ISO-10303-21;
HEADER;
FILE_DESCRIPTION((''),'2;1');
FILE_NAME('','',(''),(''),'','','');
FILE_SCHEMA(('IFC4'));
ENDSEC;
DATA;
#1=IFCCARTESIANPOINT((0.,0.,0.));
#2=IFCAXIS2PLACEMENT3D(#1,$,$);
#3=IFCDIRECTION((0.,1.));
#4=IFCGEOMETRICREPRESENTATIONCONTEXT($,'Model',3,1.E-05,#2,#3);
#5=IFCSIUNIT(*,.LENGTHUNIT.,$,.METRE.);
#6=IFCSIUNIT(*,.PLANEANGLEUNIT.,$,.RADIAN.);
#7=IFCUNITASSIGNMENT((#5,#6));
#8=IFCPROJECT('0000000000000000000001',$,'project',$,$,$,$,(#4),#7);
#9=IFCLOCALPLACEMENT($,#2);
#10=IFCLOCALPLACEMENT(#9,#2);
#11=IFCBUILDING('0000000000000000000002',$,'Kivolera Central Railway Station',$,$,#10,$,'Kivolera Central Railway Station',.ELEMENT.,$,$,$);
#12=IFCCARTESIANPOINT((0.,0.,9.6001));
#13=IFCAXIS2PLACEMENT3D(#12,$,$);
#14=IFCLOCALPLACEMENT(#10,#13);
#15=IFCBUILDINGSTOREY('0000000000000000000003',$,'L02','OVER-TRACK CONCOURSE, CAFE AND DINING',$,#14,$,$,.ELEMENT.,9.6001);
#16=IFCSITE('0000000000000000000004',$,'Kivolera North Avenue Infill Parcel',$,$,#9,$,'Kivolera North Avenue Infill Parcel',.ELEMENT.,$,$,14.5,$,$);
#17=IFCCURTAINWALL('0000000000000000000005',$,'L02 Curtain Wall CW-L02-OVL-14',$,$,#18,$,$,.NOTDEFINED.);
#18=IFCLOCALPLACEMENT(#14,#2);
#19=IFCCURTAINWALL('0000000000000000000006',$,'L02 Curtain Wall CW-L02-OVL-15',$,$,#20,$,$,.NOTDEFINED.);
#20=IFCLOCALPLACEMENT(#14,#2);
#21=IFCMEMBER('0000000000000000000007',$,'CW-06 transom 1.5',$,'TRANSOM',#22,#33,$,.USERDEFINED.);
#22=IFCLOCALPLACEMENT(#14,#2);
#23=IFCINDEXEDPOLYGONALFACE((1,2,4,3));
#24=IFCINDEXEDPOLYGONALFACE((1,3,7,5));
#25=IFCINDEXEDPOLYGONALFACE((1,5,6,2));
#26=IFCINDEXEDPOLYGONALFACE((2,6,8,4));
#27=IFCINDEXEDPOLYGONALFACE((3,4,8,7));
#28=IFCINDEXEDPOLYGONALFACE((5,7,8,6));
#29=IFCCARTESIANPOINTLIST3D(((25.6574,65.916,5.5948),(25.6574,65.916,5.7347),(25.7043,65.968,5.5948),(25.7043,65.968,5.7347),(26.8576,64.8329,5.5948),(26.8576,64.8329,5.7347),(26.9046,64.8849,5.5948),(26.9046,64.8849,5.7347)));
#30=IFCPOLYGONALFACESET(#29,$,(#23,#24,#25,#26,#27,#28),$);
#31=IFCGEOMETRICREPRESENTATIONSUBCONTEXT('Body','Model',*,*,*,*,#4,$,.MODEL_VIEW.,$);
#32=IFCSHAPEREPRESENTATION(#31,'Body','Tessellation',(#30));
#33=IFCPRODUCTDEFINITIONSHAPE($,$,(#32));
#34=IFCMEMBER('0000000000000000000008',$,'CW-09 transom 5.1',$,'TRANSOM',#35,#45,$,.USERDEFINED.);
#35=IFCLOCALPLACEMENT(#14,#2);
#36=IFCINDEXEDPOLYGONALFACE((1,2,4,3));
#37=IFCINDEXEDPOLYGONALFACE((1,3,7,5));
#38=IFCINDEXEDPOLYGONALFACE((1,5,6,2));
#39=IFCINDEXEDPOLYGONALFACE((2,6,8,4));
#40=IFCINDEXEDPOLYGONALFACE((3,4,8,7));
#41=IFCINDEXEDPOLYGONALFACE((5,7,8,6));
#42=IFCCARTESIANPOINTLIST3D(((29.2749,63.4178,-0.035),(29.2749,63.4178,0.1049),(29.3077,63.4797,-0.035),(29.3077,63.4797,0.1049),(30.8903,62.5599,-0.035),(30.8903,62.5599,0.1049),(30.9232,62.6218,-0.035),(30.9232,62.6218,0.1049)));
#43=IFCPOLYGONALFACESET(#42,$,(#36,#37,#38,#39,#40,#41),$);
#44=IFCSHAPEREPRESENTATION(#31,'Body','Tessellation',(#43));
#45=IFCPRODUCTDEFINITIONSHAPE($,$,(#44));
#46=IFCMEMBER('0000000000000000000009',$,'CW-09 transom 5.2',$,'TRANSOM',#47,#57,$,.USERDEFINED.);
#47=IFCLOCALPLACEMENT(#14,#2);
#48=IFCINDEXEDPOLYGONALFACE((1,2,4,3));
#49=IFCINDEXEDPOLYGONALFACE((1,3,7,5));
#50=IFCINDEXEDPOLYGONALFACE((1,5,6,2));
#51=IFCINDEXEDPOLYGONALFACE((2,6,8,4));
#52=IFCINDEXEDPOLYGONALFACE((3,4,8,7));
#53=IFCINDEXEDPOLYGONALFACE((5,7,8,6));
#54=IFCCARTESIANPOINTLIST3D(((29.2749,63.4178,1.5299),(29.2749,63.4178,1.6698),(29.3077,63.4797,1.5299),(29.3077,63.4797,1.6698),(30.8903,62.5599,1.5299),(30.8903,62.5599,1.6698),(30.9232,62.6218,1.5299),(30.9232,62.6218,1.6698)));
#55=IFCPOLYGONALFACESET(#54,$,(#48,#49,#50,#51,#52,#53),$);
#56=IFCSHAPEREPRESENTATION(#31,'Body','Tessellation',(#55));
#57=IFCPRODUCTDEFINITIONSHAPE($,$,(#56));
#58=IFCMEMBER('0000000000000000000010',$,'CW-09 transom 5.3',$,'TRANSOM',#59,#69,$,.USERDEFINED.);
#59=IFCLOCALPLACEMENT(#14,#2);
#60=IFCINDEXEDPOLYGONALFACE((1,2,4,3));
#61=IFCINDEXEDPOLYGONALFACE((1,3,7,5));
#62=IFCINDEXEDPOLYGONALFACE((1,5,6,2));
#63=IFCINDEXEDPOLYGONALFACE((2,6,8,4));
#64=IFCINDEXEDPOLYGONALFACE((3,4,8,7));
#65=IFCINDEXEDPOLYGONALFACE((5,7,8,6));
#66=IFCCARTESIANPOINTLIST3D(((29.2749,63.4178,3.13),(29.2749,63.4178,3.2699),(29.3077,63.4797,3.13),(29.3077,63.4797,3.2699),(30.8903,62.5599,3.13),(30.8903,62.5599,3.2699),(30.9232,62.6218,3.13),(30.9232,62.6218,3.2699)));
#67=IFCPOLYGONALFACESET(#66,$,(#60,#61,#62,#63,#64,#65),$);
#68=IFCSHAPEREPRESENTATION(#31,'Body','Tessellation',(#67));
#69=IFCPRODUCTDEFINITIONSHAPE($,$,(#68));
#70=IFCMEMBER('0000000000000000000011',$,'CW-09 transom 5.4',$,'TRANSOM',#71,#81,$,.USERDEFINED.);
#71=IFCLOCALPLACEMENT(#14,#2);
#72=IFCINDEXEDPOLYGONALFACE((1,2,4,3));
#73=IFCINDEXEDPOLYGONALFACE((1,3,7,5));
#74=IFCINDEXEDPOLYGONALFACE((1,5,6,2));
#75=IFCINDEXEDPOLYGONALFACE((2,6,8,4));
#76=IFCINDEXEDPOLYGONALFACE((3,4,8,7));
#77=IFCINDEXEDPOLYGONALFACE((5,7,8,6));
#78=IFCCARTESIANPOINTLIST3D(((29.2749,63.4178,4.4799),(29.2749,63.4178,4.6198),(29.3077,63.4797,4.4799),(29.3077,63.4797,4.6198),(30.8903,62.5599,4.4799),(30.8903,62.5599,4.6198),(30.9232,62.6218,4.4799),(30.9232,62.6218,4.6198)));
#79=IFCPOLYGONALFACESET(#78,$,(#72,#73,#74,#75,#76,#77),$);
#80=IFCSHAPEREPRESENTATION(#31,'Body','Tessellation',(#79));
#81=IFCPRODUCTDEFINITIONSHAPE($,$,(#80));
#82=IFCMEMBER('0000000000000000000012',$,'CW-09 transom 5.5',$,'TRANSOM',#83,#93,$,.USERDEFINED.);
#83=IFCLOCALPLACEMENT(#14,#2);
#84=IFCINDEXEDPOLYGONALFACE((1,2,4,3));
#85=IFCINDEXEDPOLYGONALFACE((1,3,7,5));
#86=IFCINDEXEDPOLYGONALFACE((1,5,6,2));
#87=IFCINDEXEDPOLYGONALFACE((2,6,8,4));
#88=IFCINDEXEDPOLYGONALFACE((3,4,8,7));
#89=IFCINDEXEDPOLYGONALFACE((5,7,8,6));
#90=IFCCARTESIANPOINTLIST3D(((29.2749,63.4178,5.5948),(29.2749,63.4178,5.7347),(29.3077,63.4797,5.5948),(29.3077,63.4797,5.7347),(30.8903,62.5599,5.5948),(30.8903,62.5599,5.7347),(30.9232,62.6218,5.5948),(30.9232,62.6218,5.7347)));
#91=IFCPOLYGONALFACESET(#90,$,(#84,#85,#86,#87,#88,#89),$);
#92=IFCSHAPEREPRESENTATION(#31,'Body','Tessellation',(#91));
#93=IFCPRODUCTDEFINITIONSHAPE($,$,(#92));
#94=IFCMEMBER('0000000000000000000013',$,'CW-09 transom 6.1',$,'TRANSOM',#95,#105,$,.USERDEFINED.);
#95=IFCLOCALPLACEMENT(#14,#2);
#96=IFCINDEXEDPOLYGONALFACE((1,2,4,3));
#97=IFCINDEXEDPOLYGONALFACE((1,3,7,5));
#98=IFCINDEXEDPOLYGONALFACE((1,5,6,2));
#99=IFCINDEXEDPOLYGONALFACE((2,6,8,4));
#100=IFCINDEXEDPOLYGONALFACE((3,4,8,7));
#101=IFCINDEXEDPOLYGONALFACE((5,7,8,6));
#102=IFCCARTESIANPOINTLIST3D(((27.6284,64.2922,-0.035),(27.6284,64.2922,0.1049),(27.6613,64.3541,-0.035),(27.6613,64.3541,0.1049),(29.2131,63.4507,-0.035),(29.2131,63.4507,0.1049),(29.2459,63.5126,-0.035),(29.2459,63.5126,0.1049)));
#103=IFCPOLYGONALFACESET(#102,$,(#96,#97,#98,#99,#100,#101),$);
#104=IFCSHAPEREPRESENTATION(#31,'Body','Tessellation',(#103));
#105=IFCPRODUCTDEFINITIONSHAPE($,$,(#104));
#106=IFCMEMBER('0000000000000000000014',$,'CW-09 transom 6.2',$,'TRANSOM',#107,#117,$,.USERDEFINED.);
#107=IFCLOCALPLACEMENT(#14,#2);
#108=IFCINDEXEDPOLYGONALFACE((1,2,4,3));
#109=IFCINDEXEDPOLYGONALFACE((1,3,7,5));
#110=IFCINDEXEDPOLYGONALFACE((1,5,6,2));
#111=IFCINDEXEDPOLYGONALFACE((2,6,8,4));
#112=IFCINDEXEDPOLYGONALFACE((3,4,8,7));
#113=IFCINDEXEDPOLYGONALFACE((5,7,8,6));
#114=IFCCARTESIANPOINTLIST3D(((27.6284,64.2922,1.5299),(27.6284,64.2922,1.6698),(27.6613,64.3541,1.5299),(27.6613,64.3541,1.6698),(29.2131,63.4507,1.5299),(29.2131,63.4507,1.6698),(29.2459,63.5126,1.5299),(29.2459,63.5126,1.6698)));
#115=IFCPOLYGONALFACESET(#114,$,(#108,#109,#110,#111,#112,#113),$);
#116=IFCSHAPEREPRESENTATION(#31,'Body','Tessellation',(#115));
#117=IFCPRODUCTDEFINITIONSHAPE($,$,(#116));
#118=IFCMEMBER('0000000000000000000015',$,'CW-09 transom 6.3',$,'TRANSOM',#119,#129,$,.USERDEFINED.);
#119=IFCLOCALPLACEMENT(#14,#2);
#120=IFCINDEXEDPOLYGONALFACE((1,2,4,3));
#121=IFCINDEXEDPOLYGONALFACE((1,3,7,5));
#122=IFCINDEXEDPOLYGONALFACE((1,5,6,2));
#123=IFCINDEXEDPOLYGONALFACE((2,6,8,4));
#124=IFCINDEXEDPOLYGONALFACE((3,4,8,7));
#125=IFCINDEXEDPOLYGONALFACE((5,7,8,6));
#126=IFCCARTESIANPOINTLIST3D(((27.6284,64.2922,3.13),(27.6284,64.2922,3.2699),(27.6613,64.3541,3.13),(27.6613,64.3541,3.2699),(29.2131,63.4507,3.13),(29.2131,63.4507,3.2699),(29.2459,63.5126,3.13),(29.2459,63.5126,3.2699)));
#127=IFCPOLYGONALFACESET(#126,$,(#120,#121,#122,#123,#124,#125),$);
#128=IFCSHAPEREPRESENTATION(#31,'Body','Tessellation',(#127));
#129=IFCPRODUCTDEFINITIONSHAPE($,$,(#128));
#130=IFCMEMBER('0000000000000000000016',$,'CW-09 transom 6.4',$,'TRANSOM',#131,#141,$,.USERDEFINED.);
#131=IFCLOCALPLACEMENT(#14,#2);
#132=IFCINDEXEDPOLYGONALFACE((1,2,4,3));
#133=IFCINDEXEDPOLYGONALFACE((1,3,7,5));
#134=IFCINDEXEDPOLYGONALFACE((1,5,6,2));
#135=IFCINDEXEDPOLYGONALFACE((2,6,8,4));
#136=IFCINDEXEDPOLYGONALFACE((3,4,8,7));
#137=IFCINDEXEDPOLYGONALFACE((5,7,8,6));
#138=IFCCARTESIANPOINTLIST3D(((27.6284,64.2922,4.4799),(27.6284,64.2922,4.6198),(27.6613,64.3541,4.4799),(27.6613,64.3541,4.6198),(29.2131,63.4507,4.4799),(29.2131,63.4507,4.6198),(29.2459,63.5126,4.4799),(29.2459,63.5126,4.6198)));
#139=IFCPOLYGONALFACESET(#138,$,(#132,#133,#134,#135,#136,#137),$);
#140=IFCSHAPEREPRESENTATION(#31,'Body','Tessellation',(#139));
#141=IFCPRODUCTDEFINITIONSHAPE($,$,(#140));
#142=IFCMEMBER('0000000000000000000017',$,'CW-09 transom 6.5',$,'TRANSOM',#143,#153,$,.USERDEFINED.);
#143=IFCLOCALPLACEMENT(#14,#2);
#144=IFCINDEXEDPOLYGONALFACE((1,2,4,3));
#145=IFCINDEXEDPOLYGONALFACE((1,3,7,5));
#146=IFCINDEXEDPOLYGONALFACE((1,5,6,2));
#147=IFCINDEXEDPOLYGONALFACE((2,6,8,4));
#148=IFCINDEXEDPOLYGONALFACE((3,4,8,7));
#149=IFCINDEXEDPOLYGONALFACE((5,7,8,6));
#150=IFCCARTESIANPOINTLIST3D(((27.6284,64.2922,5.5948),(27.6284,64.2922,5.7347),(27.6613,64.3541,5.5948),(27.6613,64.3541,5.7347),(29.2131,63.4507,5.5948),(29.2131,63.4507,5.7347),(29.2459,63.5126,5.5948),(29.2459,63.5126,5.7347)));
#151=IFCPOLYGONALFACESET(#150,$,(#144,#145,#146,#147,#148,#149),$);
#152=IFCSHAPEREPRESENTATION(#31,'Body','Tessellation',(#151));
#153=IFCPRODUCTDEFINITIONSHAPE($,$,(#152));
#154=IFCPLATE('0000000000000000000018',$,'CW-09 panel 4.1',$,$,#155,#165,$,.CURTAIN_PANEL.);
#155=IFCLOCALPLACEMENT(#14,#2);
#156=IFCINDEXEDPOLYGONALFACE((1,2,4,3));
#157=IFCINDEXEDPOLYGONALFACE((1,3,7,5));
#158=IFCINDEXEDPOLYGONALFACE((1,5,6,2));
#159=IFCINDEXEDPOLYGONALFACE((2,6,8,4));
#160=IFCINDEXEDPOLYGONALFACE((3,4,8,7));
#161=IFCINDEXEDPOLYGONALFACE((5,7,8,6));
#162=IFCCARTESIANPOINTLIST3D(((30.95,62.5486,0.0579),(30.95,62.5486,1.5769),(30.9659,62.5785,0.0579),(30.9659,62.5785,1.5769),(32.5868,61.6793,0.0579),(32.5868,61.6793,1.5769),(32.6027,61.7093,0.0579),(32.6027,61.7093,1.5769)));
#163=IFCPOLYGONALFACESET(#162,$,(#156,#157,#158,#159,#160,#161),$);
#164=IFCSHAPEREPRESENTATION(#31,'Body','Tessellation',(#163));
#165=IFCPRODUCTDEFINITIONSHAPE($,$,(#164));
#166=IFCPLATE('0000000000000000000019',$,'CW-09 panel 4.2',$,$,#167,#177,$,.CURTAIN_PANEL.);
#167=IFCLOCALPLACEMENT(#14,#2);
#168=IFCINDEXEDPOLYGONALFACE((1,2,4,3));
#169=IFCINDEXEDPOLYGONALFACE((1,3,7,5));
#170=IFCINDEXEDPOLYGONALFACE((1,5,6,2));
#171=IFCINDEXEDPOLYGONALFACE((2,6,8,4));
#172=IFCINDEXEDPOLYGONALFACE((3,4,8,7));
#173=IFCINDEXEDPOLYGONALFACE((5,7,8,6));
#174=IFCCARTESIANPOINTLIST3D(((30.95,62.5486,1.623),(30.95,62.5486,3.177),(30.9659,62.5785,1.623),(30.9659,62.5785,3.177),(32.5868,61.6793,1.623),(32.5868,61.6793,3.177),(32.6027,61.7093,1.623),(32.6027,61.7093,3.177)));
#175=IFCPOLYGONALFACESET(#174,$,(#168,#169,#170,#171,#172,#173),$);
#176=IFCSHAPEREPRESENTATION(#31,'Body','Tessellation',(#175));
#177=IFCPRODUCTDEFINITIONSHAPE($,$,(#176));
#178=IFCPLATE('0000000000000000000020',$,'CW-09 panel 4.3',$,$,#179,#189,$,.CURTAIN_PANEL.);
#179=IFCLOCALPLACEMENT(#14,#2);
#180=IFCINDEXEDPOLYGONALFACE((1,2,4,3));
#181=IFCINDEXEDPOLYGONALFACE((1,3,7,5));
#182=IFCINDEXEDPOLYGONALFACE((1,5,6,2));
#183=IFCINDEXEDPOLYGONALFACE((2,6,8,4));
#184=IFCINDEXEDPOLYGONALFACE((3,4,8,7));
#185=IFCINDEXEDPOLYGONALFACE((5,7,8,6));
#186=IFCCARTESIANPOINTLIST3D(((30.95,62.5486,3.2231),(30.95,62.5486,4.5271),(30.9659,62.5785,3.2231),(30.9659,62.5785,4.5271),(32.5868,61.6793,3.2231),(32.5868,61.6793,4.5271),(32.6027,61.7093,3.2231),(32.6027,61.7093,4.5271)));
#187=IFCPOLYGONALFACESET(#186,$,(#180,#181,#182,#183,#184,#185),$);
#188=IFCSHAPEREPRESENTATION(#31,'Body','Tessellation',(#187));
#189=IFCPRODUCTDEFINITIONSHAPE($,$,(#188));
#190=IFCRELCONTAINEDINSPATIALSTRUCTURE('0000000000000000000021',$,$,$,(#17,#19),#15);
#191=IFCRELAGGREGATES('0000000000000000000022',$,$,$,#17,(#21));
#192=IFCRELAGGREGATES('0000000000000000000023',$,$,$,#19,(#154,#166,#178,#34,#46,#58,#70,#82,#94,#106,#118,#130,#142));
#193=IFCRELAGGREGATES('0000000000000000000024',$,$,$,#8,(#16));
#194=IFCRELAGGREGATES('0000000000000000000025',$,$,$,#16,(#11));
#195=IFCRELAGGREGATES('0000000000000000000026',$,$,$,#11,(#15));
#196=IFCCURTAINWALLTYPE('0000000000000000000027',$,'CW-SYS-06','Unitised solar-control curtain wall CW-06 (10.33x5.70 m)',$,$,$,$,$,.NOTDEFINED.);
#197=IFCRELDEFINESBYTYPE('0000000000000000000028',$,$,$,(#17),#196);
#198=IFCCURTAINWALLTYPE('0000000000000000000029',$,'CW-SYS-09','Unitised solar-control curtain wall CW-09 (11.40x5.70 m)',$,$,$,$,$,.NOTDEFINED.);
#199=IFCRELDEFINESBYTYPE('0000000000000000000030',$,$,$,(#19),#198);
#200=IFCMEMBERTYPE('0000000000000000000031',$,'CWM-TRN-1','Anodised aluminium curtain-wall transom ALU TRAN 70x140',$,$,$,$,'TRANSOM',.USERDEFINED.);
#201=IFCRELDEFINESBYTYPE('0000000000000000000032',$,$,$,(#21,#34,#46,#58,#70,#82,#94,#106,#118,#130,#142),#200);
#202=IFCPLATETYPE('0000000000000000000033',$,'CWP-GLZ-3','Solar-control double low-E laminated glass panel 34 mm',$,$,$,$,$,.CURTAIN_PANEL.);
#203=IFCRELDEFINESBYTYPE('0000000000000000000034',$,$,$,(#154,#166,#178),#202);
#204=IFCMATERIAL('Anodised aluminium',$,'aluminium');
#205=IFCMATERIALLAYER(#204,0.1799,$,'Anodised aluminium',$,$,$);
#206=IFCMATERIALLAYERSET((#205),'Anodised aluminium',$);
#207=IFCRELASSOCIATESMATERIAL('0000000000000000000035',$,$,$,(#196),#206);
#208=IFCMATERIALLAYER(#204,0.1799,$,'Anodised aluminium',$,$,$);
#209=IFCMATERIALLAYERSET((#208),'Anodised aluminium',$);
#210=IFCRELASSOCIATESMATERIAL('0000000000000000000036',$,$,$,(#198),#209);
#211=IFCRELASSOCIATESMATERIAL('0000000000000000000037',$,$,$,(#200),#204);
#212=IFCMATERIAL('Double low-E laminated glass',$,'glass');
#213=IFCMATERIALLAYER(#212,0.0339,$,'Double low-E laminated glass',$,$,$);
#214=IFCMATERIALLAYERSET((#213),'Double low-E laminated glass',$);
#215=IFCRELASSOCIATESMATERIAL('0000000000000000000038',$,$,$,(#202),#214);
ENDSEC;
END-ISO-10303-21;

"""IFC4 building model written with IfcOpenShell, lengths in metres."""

from ifc_helpers import new_model, si_unit, direction, frame, origin, origin_2d, place, context, subcontext, project, spatial, rectangle, extrude, material, layer, layer_set, material_profile, profile_set, type_object, element, aggregate, save


model = new_model("IFC4")

# Units and contexts
model_context = context("Model", 3, precision=1e-05, world=origin(), true_north=direction((0.0, 1.0)))
body_context = subcontext(model_context, "Body", "Model", "MODEL_VIEW")
ifc_project = project(units=[si_unit("LENGTHUNIT", "METRE"), si_unit("PLANEANGLEUNIT", "RADIAN")], contexts=[model_context])

# Site, building, storey
site_placement = place(None, origin())
site = spatial("IfcSite", under=ifc_project, at=site_placement, Name="Kivolera North Avenue Infill Parcel", LongName="Kivolera North Avenue Infill Parcel", CompositionType="ELEMENT", RefElevation=14.5)
building_placement = place(site_placement, origin())
building = spatial("IfcBuilding", under=site, at=building_placement, Name="Kivolera Central Railway Station", LongName="Kivolera Central Railway Station", CompositionType="ELEMENT")
storey_placement = place(building_placement, frame((0.0, 0.0, 9.6001)))
storey = spatial("IfcBuildingStorey", under=building, at=storey_placement, Name="L02", Description="OVER-TRACK CONCOURSE, CAFE AND DINING", CompositionType="ELEMENT", Elevation=9.6001)

# Curtain wall
ifc_material_1 = material(Name="Anodised aluminium", Category="aluminium")
ifc_layer_1 = layer(ifc_material_1, 0.1799, Name="Anodised aluminium")
ifc_layer_set_1 = layer_set([ifc_layer_1], Name="Anodised aluminium")
curtain_wall_type_1 = type_object("IfcCurtainWallType", Name="CW-SYS-06", Description="Unitised solar-control curtain wall CW-06 (10.33x5.70 m)", PredefinedType="NOTDEFINED", material=ifc_layer_set_1)
curtain_wall_1_placement = place(storey_placement, origin())
curtain_wall_1 = element("IfcCurtainWall", 1, at=curtain_wall_1_placement, inside=storey, type_object=curtain_wall_type_1, Name="L02 Curtain Wall CW-L02-OVL-14", PredefinedType="NOTDEFINED")

# Curtain wall
ifc_layer_2 = layer(ifc_material_1, 0.1799, Name="Anodised aluminium")
ifc_layer_set_2 = layer_set([ifc_layer_2], Name="Anodised aluminium")
curtain_wall_type_2 = type_object("IfcCurtainWallType", Name="CW-SYS-09", Description="Unitised solar-control curtain wall CW-09 (11.40x5.70 m)", PredefinedType="NOTDEFINED", material=ifc_layer_set_2)
curtain_wall_2_placement = place(storey_placement, origin())
curtain_wall_2 = element("IfcCurtainWall", 2, at=curtain_wall_2_placement, inside=storey, type_object=curtain_wall_type_2, Name="L02 Curtain Wall CW-L02-OVL-15", PredefinedType="NOTDEFINED")

# Members
ifc_material_profile_1 = material_profile(ifc_material_1, rectangle(XDim=0.0701, YDim=0.1399, at=origin_2d()), Name="ALU TRAN 70x140")
ifc_profile_set_1 = profile_set([ifc_material_profile_1], Name="Anodised aluminium")
member_type_1 = type_object("IfcMemberType", Name="CWM-TRN-1", Description="Anodised aluminium curtain-wall transom ALU TRAN 70x140", ElementType="TRANSOM", PredefinedType="USERDEFINED", material=ifc_profile_set_1)
member_1_placement = place(storey_placement, frame((26.8811, 64.8589, 5.6648), z_axis=(-0.742422, 0.669932, 0.0), x_axis=(-0.669932, -0.742422, 0.0)))
member_1 = element("IfcMember", 3, at=member_1_placement, type_object=member_type_1, Name="CW-06 transom 1.5", ObjectType="TRANSOM", PredefinedType="USERDEFINED", context=body_context, shape_type="SweptSolid", body=[
    extrude(rectangle(XDim=0.0701, YDim=0.1399, at=origin_2d()), origin(), (0.0, 0.0, 1.0), 1.6167),
])
aggregate(curtain_wall_1, [member_1])
member_2_placement = place(storey_placement, frame((30.9067, 62.5908, 0.0349), z_axis=(-0.883187, 0.469022, 0.0), x_axis=(-0.469022, -0.883187, 0.0)))
member_2 = element("IfcMember", 4, at=member_2_placement, type_object=member_type_1, Name="CW-09 transom 5.1", ObjectType="TRANSOM", PredefinedType="USERDEFINED", context=body_context, shape_type="SweptSolid", body=[
    extrude(rectangle(XDim=0.0701, YDim=0.1399, at=origin_2d()), origin(), (0.0, 0.0, 1.0), 1.8291),
])
member_3_placement = place(storey_placement, frame((30.9067, 62.5908, 1.5999), z_axis=(-0.883187, 0.469022, 0.0), x_axis=(-0.469022, -0.883187, 0.0)))
member_3 = element("IfcMember", 5, at=member_3_placement, type_object=member_type_1, Name="CW-09 transom 5.2", ObjectType="TRANSOM", PredefinedType="USERDEFINED", context=body_context, shape_type="SweptSolid", body=[
    extrude(rectangle(XDim=0.0701, YDim=0.1399, at=origin_2d()), origin(), (0.0, 0.0, 1.0), 1.8291),
])
member_4_placement = place(storey_placement, frame((30.9067, 62.5908, 3.2), z_axis=(-0.883187, 0.469022, 0.0), x_axis=(-0.469022, -0.883187, 0.0)))
member_4 = element("IfcMember", 6, at=member_4_placement, type_object=member_type_1, Name="CW-09 transom 5.3", ObjectType="TRANSOM", PredefinedType="USERDEFINED", context=body_context, shape_type="SweptSolid", body=[
    extrude(rectangle(XDim=0.0701, YDim=0.1399, at=origin_2d()), origin(), (0.0, 0.0, 1.0), 1.8291),
])
member_5_placement = place(storey_placement, frame((30.9067, 62.5908, 4.5498), z_axis=(-0.883187, 0.469022, 0.0), x_axis=(-0.469022, -0.883187, 0.0)))
member_5 = element("IfcMember", 7, at=member_5_placement, type_object=member_type_1, Name="CW-09 transom 5.4", ObjectType="TRANSOM", PredefinedType="USERDEFINED", context=body_context, shape_type="SweptSolid", body=[
    extrude(rectangle(XDim=0.0701, YDim=0.1399, at=origin_2d()), origin(), (0.0, 0.0, 1.0), 1.8291),
])
member_6_placement = place(storey_placement, frame((30.9067, 62.5908, 5.6648), z_axis=(-0.883187, 0.469022, 0.0), x_axis=(-0.469022, -0.883187, 0.0)))
member_6 = element("IfcMember", 8, at=member_6_placement, type_object=member_type_1, Name="CW-09 transom 5.5", ObjectType="TRANSOM", PredefinedType="USERDEFINED", context=body_context, shape_type="SweptSolid", body=[
    extrude(rectangle(XDim=0.0701, YDim=0.1399, at=origin_2d()), origin(), (0.0, 0.0, 1.0), 1.8291),
])
member_7_placement = place(storey_placement, frame((29.2295, 63.4817, 0.0349), z_axis=(-0.883191, 0.469013, 0.0), x_axis=(-0.469013, -0.883191, 0.0)))
member_7 = element("IfcMember", 9, at=member_7_placement, type_object=member_type_1, Name="CW-09 transom 6.1", ObjectType="TRANSOM", PredefinedType="USERDEFINED", context=body_context, shape_type="SweptSolid", body=[
    extrude(rectangle(XDim=0.0701, YDim=0.1399, at=origin_2d()), origin(), (0.0, 0.0, 1.0), 1.7942),
])
member_8_placement = place(storey_placement, frame((29.2295, 63.4817, 1.5999), z_axis=(-0.883191, 0.469013, 0.0), x_axis=(-0.469013, -0.883191, 0.0)))
member_8 = element("IfcMember", 10, at=member_8_placement, type_object=member_type_1, Name="CW-09 transom 6.2", ObjectType="TRANSOM", PredefinedType="USERDEFINED", context=body_context, shape_type="SweptSolid", body=[
    extrude(rectangle(XDim=0.0701, YDim=0.1399, at=origin_2d()), origin(), (0.0, 0.0, 1.0), 1.7942),
])
member_9_placement = place(storey_placement, frame((29.2295, 63.4817, 3.2), z_axis=(-0.883191, 0.469013, 0.0), x_axis=(-0.469013, -0.883191, 0.0)))
member_9 = element("IfcMember", 11, at=member_9_placement, type_object=member_type_1, Name="CW-09 transom 6.3", ObjectType="TRANSOM", PredefinedType="USERDEFINED", context=body_context, shape_type="SweptSolid", body=[
    extrude(rectangle(XDim=0.0701, YDim=0.1399, at=origin_2d()), origin(), (0.0, 0.0, 1.0), 1.7942),
])
member_10_placement = place(storey_placement, frame((29.2295, 63.4817, 4.5498), z_axis=(-0.883191, 0.469013, 0.0), x_axis=(-0.469013, -0.883191, 0.0)))
member_10 = element("IfcMember", 12, at=member_10_placement, type_object=member_type_1, Name="CW-09 transom 6.4", ObjectType="TRANSOM", PredefinedType="USERDEFINED", context=body_context, shape_type="SweptSolid", body=[
    extrude(rectangle(XDim=0.0701, YDim=0.1399, at=origin_2d()), origin(), (0.0, 0.0, 1.0), 1.7942),
])
member_11_placement = place(storey_placement, frame((29.2295, 63.4817, 5.6648), z_axis=(-0.883191, 0.469013, 0.0), x_axis=(-0.469013, -0.883191, 0.0)))
member_11 = element("IfcMember", 13, at=member_11_placement, type_object=member_type_1, Name="CW-09 transom 6.5", ObjectType="TRANSOM", PredefinedType="USERDEFINED", context=body_context, shape_type="SweptSolid", body=[
    extrude(rectangle(XDim=0.0701, YDim=0.1399, at=origin_2d()), origin(), (0.0, 0.0, 1.0), 1.7942),
])

# Plates
ifc_material_2 = material(Name="Double low-E laminated glass", Category="glass")
ifc_layer_3 = layer(ifc_material_2, 0.0339, Name="Double low-E laminated glass")
ifc_layer_set_3 = layer_set([ifc_layer_3], Name="Double low-E laminated glass")
plate_type = type_object("IfcPlateType", Name="CWP-GLZ-3", Description="Solar-control double low-E laminated glass panel 34 mm", PredefinedType="CURTAIN_PANEL", material=ifc_layer_set_3)
plate_1_placement = place(storey_placement, frame((31.7764, 62.1289, 0.0579), z_axis=(0.0, 0.0, 1.0), x_axis=(-0.88317, 0.469053, 0.0)))
plate_1 = element("IfcPlate", 14, at=plate_1_placement, type_object=plate_type, Name="CW-09 panel 4.1", PredefinedType="CURTAIN_PANEL", context=body_context, shape_type="SweptSolid", body=[
    extrude(rectangle(XDim=1.8533, YDim=0.0339, at=origin_2d()), origin(), (0.0, 0.0, 1.0), 1.519),
])
plate_2_placement = place(storey_placement, frame((31.7764, 62.1289, 1.623), z_axis=(0.0, 0.0, 1.0), x_axis=(-0.88317, 0.469053, 0.0)))
plate_2 = element("IfcPlate", 15, at=plate_2_placement, type_object=plate_type, Name="CW-09 panel 4.2", PredefinedType="CURTAIN_PANEL", context=body_context, shape_type="SweptSolid", body=[
    extrude(rectangle(XDim=1.8533, YDim=0.0339, at=origin_2d()), origin(), (0.0, 0.0, 1.0), 1.554),
])
plate_3_placement = place(storey_placement, frame((31.7764, 62.1289, 3.2231), z_axis=(0.0, 0.0, 1.0), x_axis=(-0.88317, 0.469053, 0.0)))
plate_3 = element("IfcPlate", 16, at=plate_3_placement, type_object=plate_type, Name="CW-09 panel 4.3", PredefinedType="CURTAIN_PANEL", context=body_context, shape_type="SweptSolid", body=[
    extrude(rectangle(XDim=1.8533, YDim=0.0339, at=origin_2d()), origin(), (0.0, 0.0, 1.0), 1.304),
])
aggregate(curtain_wall_2, [plate_1, plate_2, plate_3, member_2, member_3, member_4, member_5, member_6, member_7, member_8, member_9, member_10, member_11])

save(model, "model.ifc")
